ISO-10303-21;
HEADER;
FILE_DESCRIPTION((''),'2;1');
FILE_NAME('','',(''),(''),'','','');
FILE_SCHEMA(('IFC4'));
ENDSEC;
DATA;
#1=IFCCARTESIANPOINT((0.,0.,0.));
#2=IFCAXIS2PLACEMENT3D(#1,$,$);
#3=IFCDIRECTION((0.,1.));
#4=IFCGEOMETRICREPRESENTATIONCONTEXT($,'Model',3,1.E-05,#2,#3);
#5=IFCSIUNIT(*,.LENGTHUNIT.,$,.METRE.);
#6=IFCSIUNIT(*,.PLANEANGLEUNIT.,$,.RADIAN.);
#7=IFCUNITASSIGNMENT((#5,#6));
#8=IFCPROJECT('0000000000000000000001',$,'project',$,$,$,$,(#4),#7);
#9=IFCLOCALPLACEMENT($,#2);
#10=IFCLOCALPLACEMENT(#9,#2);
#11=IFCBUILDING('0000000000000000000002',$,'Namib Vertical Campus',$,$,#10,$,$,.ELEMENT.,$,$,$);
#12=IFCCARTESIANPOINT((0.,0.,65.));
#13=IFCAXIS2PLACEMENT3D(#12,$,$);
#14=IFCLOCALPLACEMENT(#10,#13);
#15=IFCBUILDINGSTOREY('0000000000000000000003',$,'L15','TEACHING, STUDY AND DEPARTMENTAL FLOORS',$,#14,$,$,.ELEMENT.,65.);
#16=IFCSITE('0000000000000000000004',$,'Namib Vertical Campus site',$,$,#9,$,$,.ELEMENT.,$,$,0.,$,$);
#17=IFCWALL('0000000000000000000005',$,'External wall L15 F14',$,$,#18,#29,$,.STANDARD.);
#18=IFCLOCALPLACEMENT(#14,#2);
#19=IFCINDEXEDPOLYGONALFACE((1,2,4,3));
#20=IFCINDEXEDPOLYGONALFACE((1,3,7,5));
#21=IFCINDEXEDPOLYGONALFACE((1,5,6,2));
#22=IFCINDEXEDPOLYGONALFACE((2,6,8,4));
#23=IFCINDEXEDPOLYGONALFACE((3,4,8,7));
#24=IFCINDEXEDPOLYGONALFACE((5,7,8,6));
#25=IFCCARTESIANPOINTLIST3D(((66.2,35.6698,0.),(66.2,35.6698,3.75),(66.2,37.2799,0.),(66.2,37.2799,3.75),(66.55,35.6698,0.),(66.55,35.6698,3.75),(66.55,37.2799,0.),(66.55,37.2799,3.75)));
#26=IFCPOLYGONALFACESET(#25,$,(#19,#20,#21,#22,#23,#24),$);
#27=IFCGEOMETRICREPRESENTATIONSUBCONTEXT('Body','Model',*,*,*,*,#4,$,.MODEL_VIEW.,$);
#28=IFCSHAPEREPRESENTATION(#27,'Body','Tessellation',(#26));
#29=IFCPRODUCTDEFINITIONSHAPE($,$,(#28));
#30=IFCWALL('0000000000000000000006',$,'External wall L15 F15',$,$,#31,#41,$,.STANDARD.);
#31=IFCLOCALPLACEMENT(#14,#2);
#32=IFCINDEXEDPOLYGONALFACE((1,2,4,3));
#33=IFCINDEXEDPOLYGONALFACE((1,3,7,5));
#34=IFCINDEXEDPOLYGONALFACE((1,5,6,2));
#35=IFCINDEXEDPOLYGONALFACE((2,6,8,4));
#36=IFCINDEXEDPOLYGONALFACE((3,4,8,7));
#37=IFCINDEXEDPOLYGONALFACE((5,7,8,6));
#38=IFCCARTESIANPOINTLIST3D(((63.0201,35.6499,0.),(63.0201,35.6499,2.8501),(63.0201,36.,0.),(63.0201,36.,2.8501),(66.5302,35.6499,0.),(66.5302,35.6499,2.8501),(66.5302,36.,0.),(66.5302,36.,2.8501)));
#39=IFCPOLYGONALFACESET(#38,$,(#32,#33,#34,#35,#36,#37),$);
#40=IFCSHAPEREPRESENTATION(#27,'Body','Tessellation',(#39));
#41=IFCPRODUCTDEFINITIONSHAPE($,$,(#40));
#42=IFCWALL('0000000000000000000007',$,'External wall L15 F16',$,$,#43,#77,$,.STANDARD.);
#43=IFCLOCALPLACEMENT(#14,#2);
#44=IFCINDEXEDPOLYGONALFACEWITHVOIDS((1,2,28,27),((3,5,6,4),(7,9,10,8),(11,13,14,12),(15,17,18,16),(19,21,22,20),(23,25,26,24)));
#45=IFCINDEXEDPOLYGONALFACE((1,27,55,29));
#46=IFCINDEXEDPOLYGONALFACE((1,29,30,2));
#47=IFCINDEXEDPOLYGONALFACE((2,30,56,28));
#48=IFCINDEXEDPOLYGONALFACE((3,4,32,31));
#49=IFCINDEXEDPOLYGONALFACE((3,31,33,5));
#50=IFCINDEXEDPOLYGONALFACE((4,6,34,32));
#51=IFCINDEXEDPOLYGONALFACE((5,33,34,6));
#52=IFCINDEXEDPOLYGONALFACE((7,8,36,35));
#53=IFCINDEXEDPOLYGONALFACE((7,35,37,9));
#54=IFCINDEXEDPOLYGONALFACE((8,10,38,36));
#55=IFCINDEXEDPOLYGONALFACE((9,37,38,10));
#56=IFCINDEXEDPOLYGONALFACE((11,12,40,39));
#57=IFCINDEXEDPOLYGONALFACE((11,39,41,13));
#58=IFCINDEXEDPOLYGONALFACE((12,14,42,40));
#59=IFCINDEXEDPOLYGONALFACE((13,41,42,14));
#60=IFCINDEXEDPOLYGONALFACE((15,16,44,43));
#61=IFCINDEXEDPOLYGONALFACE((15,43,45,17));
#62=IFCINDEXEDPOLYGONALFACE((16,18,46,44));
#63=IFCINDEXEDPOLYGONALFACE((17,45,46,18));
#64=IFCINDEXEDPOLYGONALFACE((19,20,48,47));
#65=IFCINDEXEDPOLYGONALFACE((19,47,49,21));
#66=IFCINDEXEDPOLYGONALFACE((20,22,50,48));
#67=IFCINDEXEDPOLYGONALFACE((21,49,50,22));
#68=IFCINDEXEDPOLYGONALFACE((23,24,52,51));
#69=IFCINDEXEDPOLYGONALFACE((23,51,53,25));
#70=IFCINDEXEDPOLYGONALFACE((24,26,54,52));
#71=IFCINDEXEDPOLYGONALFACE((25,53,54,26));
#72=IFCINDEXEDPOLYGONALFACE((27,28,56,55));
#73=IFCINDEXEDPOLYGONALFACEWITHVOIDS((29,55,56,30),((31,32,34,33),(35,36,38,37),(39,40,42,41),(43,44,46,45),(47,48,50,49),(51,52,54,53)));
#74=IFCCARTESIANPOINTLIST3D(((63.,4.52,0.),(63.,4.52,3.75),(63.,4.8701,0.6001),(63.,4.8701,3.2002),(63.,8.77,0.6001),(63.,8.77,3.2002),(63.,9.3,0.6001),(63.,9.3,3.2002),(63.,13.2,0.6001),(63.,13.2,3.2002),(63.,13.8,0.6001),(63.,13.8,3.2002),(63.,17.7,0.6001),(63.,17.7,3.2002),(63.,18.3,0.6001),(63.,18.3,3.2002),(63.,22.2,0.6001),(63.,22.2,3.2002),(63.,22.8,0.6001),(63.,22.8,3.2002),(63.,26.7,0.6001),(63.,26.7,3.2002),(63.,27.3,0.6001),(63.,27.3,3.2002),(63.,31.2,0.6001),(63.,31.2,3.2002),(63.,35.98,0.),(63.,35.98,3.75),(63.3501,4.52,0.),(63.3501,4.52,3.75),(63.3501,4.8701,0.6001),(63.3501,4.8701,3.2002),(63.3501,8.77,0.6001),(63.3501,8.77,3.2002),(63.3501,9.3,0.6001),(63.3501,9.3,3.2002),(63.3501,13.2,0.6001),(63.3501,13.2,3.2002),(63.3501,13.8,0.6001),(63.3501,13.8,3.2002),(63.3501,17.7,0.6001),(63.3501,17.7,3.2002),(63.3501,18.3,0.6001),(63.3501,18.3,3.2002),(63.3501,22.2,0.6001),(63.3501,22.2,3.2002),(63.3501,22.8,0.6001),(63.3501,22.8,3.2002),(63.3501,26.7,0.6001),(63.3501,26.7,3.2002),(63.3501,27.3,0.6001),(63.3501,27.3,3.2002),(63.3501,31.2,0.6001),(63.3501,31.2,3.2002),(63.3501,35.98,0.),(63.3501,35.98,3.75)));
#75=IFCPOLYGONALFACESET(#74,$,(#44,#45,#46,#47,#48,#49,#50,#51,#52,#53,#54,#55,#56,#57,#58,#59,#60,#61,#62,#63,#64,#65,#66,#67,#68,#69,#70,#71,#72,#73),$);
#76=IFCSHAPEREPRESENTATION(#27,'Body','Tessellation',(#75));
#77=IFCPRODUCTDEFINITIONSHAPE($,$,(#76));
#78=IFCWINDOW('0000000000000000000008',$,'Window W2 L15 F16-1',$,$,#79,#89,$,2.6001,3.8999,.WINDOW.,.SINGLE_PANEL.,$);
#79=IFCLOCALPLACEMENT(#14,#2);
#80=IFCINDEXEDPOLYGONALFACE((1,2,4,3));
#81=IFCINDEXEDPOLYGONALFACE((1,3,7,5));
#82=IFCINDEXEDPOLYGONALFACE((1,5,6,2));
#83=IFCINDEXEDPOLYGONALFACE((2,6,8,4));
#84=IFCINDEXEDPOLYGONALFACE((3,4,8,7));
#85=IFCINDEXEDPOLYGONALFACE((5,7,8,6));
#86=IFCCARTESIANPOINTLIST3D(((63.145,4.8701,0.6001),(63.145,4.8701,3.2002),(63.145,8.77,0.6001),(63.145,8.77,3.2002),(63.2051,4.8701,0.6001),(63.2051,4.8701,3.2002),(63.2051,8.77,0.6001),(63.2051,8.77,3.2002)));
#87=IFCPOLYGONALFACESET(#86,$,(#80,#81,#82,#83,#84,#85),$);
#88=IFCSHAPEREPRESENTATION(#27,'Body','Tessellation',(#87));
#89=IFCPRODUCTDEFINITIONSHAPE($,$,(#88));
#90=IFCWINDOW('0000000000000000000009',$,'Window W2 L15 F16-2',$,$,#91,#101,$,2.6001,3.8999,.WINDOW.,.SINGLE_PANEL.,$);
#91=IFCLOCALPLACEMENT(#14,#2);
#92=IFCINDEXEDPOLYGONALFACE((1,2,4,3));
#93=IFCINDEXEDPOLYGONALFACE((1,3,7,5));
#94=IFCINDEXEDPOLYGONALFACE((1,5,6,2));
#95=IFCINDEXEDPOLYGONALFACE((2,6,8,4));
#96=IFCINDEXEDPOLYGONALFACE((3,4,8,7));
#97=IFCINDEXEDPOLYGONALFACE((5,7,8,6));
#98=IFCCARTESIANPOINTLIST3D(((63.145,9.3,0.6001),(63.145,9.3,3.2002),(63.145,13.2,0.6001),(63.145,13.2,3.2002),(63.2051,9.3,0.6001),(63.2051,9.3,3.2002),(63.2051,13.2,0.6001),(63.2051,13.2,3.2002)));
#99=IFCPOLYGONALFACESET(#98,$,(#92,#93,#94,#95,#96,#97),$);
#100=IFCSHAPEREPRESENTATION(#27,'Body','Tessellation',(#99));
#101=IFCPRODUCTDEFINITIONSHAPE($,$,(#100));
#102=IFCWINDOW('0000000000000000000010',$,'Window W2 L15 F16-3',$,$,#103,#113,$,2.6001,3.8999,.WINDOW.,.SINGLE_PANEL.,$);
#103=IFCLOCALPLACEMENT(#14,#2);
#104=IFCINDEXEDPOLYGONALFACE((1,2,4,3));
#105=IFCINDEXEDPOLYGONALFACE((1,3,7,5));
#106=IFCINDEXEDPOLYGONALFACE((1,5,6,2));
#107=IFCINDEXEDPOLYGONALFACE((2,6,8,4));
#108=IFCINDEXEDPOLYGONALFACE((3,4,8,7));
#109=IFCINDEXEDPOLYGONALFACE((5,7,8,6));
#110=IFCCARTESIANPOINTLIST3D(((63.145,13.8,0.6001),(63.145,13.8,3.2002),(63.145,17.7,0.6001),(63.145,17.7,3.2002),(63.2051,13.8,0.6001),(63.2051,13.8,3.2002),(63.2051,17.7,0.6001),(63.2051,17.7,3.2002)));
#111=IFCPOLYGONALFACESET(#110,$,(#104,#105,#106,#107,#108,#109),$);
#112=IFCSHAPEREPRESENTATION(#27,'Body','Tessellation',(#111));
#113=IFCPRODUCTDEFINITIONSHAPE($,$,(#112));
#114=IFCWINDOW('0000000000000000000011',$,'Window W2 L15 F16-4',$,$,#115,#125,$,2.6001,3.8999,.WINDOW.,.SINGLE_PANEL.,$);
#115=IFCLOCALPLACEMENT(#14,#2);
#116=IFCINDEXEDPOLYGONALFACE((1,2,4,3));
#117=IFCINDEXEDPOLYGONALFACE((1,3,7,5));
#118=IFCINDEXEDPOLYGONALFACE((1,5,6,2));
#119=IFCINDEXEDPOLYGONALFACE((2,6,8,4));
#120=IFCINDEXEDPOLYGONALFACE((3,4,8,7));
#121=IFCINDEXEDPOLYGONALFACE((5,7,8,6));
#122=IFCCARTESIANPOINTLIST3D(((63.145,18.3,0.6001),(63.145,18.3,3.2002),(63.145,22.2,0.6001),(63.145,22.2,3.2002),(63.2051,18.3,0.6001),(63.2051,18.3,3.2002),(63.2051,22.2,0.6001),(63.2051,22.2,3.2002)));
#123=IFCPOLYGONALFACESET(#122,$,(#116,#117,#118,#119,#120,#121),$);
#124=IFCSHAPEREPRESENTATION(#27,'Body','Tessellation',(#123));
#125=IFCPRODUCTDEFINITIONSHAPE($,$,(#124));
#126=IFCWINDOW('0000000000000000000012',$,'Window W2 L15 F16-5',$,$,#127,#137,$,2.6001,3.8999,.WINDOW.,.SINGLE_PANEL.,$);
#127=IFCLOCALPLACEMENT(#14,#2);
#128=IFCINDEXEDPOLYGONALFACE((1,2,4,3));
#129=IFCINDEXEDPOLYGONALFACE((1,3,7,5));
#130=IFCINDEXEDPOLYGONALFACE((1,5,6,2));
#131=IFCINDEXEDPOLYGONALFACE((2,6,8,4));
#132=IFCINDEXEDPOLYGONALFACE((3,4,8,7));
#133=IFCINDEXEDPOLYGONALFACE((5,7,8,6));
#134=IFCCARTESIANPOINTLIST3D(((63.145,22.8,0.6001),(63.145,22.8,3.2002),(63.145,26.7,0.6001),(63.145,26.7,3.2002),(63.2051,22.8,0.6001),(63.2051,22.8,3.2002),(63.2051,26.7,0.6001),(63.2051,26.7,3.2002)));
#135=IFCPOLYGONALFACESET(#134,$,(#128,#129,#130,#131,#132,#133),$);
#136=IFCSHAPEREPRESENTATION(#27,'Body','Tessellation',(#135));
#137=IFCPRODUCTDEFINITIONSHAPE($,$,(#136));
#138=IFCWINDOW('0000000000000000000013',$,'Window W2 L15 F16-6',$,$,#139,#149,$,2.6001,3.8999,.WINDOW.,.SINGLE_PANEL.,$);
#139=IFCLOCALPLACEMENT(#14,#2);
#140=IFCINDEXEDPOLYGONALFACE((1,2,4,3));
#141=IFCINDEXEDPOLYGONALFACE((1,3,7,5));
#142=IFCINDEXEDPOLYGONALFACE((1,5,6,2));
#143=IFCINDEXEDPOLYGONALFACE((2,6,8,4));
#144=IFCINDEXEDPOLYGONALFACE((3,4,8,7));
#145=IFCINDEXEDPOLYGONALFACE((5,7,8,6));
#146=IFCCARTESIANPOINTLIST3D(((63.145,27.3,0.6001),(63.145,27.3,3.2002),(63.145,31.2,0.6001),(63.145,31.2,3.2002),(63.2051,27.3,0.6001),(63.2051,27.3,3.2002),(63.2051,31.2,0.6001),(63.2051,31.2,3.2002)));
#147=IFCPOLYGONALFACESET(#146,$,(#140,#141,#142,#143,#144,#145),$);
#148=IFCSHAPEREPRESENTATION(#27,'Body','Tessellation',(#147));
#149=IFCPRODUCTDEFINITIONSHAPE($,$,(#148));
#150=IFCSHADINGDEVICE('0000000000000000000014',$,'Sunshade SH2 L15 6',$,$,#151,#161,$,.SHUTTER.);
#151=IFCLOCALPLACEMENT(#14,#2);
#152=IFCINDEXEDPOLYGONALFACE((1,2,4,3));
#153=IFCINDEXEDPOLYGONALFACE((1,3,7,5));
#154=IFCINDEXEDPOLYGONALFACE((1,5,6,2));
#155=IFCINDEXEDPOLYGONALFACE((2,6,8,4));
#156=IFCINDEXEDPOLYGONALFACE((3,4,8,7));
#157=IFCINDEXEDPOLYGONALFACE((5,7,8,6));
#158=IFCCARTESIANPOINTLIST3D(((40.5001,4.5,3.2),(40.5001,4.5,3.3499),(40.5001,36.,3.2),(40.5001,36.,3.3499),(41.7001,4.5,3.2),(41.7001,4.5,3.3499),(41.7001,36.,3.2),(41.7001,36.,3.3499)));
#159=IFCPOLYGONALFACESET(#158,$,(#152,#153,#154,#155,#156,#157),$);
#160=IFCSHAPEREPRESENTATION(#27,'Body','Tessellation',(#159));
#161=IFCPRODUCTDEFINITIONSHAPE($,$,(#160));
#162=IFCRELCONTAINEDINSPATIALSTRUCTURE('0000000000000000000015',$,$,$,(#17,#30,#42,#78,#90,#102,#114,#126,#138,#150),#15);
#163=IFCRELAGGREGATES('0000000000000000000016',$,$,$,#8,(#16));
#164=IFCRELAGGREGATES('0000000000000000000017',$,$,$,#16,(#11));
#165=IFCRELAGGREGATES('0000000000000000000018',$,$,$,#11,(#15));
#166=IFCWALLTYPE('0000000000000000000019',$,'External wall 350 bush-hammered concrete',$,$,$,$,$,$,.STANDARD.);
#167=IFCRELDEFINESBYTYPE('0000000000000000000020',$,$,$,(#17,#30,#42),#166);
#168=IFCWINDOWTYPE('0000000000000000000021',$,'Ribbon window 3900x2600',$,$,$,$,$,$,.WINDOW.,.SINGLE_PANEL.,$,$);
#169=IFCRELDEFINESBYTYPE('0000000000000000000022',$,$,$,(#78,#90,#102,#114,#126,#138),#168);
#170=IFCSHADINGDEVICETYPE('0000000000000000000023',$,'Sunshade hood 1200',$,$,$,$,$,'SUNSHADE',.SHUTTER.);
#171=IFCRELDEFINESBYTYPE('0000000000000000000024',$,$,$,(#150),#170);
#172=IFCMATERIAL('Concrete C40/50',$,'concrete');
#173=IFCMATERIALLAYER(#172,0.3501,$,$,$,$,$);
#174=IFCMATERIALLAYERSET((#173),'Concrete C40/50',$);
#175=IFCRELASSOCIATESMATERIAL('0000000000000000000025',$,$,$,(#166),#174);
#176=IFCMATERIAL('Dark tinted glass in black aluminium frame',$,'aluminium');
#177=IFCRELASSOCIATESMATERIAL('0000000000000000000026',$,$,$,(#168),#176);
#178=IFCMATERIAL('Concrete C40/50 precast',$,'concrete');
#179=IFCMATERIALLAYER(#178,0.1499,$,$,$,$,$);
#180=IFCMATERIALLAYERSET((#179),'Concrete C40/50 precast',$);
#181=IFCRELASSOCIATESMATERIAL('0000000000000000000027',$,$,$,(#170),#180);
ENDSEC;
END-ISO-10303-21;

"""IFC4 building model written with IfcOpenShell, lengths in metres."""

from ifc_helpers import new_model, si_unit, direction, frame, frame_2d, origin, origin_2d, place, context, subcontext, project, spatial, rectangle, extrude, material, layer, layer_set, type_object, element, fill, save


model = new_model("IFC4")

# Units and contexts
model_context = context("Model", 3, precision=1e-05, world=origin(), true_north=direction((0.0, 1.0)))
body_context = subcontext(model_context, "Body", "Model", "MODEL_VIEW")
ifc_project = project(units=[si_unit("LENGTHUNIT", "METRE"), si_unit("PLANEANGLEUNIT", "RADIAN")], contexts=[model_context])

# Site, building, storey
site_placement = place(None, origin())
site = spatial("IfcSite", under=ifc_project, at=site_placement, Name="Namib Vertical Campus site", CompositionType="ELEMENT", RefElevation=0.0)
building_placement = place(site_placement, origin())
building = spatial("IfcBuilding", under=site, at=building_placement, Name="Namib Vertical Campus", CompositionType="ELEMENT")
storey_placement = place(building_placement, frame((0.0, 0.0, 65.0)))
storey = spatial("IfcBuildingStorey", under=building, at=storey_placement, Name="L15", Description="TEACHING, STUDY AND DEPARTMENTAL FLOORS", CompositionType="ELEMENT", Elevation=65.0)

# Walls
ifc_material_1 = material(Name="Concrete C40/50", Category="concrete")
ifc_layer_1 = layer(ifc_material_1, 0.3501)
ifc_layer_set_1 = layer_set([ifc_layer_1], Name="Concrete C40/50")
wall_type_1 = type_object("IfcWallType", Name="External wall 350 bush-hammered concrete", PredefinedType="STANDARD", material=ifc_layer_set_1)
wall_1_placement = place(storey_placement, frame((66.375, 37.28, 0.0), z_axis=(0.0, 0.0, 1.0), x_axis=(0.0, -1.0, 0.0)))
element("IfcWall", 1, at=wall_1_placement, inside=storey, type_object=wall_type_1, Name="External wall L15 F14", PredefinedType="STANDARD", context=body_context, shape_type="SweptSolid", body=[
    extrude(rectangle(XDim=1.6101, YDim=0.3501, at=frame_2d((0.8052, 0.0))), origin(), (0.0, 0.0, 1.0), 3.75),
])
wall_2_placement = place(storey_placement, frame((66.53, 35.825, 0.0), z_axis=(0.0, 0.0, 1.0), x_axis=(-1.0, 0.0, 0.0)))
element("IfcWall", 2, at=wall_2_placement, inside=storey, type_object=wall_type_1, Name="External wall L15 F15", PredefinedType="STANDARD", context=body_context, shape_type="SweptSolid", body=[
    extrude(rectangle(XDim=3.51, YDim=0.3501, at=frame_2d((1.7549, 0.0))), origin(), (0.0, 0.0, 1.0), 2.8501),
])

# Wall, openings, windows
wall_3_placement = place(storey_placement, frame((63.175, 35.98, 0.0), z_axis=(0.0, 0.0, 1.0), x_axis=(0.0, -1.0, 0.0)))
wall_3 = element("IfcWall", 3, at=wall_3_placement, inside=storey, type_object=wall_type_1, Name="External wall L15 F16", PredefinedType="STANDARD", context=body_context, shape_type="SweptSolid", body=[
    extrude(rectangle(XDim=31.46, YDim=0.3501, at=frame_2d((15.73, 0.0))), origin(), (0.0, 0.0, 1.0), 3.75),
])
opening_1_placement = place(wall_3_placement, frame((27.21, 0.0, 0.6001)))
opening_1 = element("IfcOpeningElement", 4, at=opening_1_placement, cuts=wall_3, PredefinedType="OPENING", context=body_context, shape_type="SweptSolid", body=[
    extrude(rectangle(XDim=3.8999, YDim=2.6001, at=frame_2d((1.95, 1.3))), frame((0.0, 0.1851, 0.0), z_axis=(0.0, -1.0, 0.0), x_axis=(1.0, 0.0, 0.0)), (0.0, 0.0, 1.0), 0.3701),
])
opening_2_placement = place(wall_3_placement, frame((22.78, 0.0, 0.6001)))
opening_2 = element("IfcOpeningElement", 5, at=opening_2_placement, cuts=wall_3, PredefinedType="OPENING", context=body_context, shape_type="SweptSolid", body=[
    extrude(rectangle(XDim=3.8999, YDim=2.6001, at=frame_2d((1.95, 1.3))), frame((0.0, 0.1851, 0.0), z_axis=(0.0, -1.0, 0.0), x_axis=(1.0, 0.0, 0.0)), (0.0, 0.0, 1.0), 0.3701),
])
opening_3_placement = place(wall_3_placement, frame((18.28, 0.0, 0.6001)))
opening_3 = element("IfcOpeningElement", 6, at=opening_3_placement, cuts=wall_3, PredefinedType="OPENING", context=body_context, shape_type="SweptSolid", body=[
    extrude(rectangle(XDim=3.8999, YDim=2.6001, at=frame_2d((1.95, 1.3))), frame((0.0, 0.1851, 0.0), z_axis=(0.0, -1.0, 0.0), x_axis=(1.0, 0.0, 0.0)), (0.0, 0.0, 1.0), 0.3701),
])
opening_4_placement = place(wall_3_placement, frame((13.78, 0.0, 0.6001)))
opening_4 = element("IfcOpeningElement", 7, at=opening_4_placement, cuts=wall_3, PredefinedType="OPENING", context=body_context, shape_type="SweptSolid", body=[
    extrude(rectangle(XDim=3.8999, YDim=2.6001, at=frame_2d((1.95, 1.3))), frame((0.0, 0.1851, 0.0), z_axis=(0.0, -1.0, 0.0), x_axis=(1.0, 0.0, 0.0)), (0.0, 0.0, 1.0), 0.3701),
])
opening_5_placement = place(wall_3_placement, frame((9.28, 0.0, 0.6001)))
opening_5 = element("IfcOpeningElement", 8, at=opening_5_placement, cuts=wall_3, PredefinedType="OPENING", context=body_context, shape_type="SweptSolid", body=[
    extrude(rectangle(XDim=3.8999, YDim=2.6001, at=frame_2d((1.95, 1.3))), frame((0.0, 0.1851, 0.0), z_axis=(0.0, -1.0, 0.0), x_axis=(1.0, 0.0, 0.0)), (0.0, 0.0, 1.0), 0.3701),
])
opening_6_placement = place(wall_3_placement, frame((4.78, 0.0, 0.6001)))
opening_6 = element("IfcOpeningElement", 9, at=opening_6_placement, cuts=wall_3, PredefinedType="OPENING", context=body_context, shape_type="SweptSolid", body=[
    extrude(rectangle(XDim=3.8999, YDim=2.6001, at=frame_2d((1.95, 1.3))), frame((0.0, 0.1851, 0.0), z_axis=(0.0, -1.0, 0.0), x_axis=(1.0, 0.0, 0.0)), (0.0, 0.0, 1.0), 0.3701),
])
ifc_material_2 = material(Name="Dark tinted glass in black aluminium frame", Category="aluminium")
window_type = type_object("IfcWindowType", Name="Ribbon window 3900x2600", PartitioningType="SINGLE_PANEL", PredefinedType="WINDOW", material=ifc_material_2)
window_1_placement = place(opening_1_placement, origin())
window_1 = element("IfcWindow", 10, at=window_1_placement, inside=storey, type_object=window_type, Name="Window W2 L15 F16-1", OverallHeight=2.6001, OverallWidth=3.8999, PartitioningType="SINGLE_PANEL", PredefinedType="WINDOW", context=body_context, shape_type="SweptSolid", body=[
    extrude(rectangle(XDim=3.8999, YDim=2.6001, at=frame_2d((1.95, 1.3))), frame((0.0, 0.03, 0.0), z_axis=(0.0, -1.0, 0.0), x_axis=(1.0, 0.0, 0.0)), (0.0, 0.0, 1.0), 0.0601),
])
fill(opening_1, window_1)
window_2_placement = place(opening_2_placement, origin())
window_2 = element("IfcWindow", 11, at=window_2_placement, inside=storey, type_object=window_type, Name="Window W2 L15 F16-2", OverallHeight=2.6001, OverallWidth=3.8999, PartitioningType="SINGLE_PANEL", PredefinedType="WINDOW", context=body_context, shape_type="SweptSolid", body=[
    extrude(rectangle(XDim=3.8999, YDim=2.6001, at=frame_2d((1.95, 1.3))), frame((0.0, 0.03, 0.0), z_axis=(0.0, -1.0, 0.0), x_axis=(1.0, 0.0, 0.0)), (0.0, 0.0, 1.0), 0.0601),
])
fill(opening_2, window_2)
window_3_placement = place(opening_3_placement, origin())
window_3 = element("IfcWindow", 12, at=window_3_placement, inside=storey, type_object=window_type, Name="Window W2 L15 F16-3", OverallHeight=2.6001, OverallWidth=3.8999, PartitioningType="SINGLE_PANEL", PredefinedType="WINDOW", context=body_context, shape_type="SweptSolid", body=[
    extrude(rectangle(XDim=3.8999, YDim=2.6001, at=frame_2d((1.95, 1.3))), frame((0.0, 0.03, 0.0), z_axis=(0.0, -1.0, 0.0), x_axis=(1.0, 0.0, 0.0)), (0.0, 0.0, 1.0), 0.0601),
])
fill(opening_3, window_3)
window_4_placement = place(opening_4_placement, origin())
window_4 = element("IfcWindow", 13, at=window_4_placement, inside=storey, type_object=window_type, Name="Window W2 L15 F16-4", OverallHeight=2.6001, OverallWidth=3.8999, PartitioningType="SINGLE_PANEL", PredefinedType="WINDOW", context=body_context, shape_type="SweptSolid", body=[
    extrude(rectangle(XDim=3.8999, YDim=2.6001, at=frame_2d((1.95, 1.3))), frame((0.0, 0.03, 0.0), z_axis=(0.0, -1.0, 0.0), x_axis=(1.0, 0.0, 0.0)), (0.0, 0.0, 1.0), 0.0601),
])
fill(opening_4, window_4)
window_5_placement = place(opening_5_placement, origin())
window_5 = element("IfcWindow", 14, at=window_5_placement, inside=storey, type_object=window_type, Name="Window W2 L15 F16-5", OverallHeight=2.6001, OverallWidth=3.8999, PartitioningType="SINGLE_PANEL", PredefinedType="WINDOW", context=body_context, shape_type="SweptSolid", body=[
    extrude(rectangle(XDim=3.8999, YDim=2.6001, at=frame_2d((1.95, 1.3))), frame((0.0, 0.03, 0.0), z_axis=(0.0, -1.0, 0.0), x_axis=(1.0, 0.0, 0.0)), (0.0, 0.0, 1.0), 0.0601),
])
fill(opening_5, window_5)
window_6_placement = place(opening_6_placement, origin())
window_6 = element("IfcWindow", 15, at=window_6_placement, inside=storey, type_object=window_type, Name="Window W2 L15 F16-6", OverallHeight=2.6001, OverallWidth=3.8999, PartitioningType="SINGLE_PANEL", PredefinedType="WINDOW", context=body_context, shape_type="SweptSolid", body=[
    extrude(rectangle(XDim=3.8999, YDim=2.6001, at=frame_2d((1.95, 1.3))), frame((0.0, 0.03, 0.0), z_axis=(0.0, -1.0, 0.0), x_axis=(1.0, 0.0, 0.0)), (0.0, 0.0, 1.0), 0.0601),
])
fill(opening_6, window_6)

# Shading device
ifc_material_3 = material(Name="Concrete C40/50 precast", Category="concrete")
ifc_layer_2 = layer(ifc_material_3, 0.1499)
ifc_layer_set_2 = layer_set([ifc_layer_2], Name="Concrete C40/50 precast")
shading_device_type = type_object("IfcShadingDeviceType", Name="Sunshade hood 1200", ElementType="SUNSHADE", PredefinedType="SHUTTER", material=ifc_layer_set_2)
shading_device_1_placement = place(storey_placement, frame((41.1001, 20.25, 3.2), z_axis=(0.0, 0.0, 1.0), x_axis=(0.0, 1.0, 0.0)))
element("IfcShadingDevice", 16, at=shading_device_1_placement, inside=storey, type_object=shading_device_type, Name="Sunshade SH2 L15 6", PredefinedType="SHUTTER", context=body_context, shape_type="SweptSolid", body=[
    extrude(rectangle(XDim=31.5, YDim=1.2, at=origin_2d()), origin(), (0.0, 0.0, 1.0), 0.1499),
])

save(model, "model.ifc")
